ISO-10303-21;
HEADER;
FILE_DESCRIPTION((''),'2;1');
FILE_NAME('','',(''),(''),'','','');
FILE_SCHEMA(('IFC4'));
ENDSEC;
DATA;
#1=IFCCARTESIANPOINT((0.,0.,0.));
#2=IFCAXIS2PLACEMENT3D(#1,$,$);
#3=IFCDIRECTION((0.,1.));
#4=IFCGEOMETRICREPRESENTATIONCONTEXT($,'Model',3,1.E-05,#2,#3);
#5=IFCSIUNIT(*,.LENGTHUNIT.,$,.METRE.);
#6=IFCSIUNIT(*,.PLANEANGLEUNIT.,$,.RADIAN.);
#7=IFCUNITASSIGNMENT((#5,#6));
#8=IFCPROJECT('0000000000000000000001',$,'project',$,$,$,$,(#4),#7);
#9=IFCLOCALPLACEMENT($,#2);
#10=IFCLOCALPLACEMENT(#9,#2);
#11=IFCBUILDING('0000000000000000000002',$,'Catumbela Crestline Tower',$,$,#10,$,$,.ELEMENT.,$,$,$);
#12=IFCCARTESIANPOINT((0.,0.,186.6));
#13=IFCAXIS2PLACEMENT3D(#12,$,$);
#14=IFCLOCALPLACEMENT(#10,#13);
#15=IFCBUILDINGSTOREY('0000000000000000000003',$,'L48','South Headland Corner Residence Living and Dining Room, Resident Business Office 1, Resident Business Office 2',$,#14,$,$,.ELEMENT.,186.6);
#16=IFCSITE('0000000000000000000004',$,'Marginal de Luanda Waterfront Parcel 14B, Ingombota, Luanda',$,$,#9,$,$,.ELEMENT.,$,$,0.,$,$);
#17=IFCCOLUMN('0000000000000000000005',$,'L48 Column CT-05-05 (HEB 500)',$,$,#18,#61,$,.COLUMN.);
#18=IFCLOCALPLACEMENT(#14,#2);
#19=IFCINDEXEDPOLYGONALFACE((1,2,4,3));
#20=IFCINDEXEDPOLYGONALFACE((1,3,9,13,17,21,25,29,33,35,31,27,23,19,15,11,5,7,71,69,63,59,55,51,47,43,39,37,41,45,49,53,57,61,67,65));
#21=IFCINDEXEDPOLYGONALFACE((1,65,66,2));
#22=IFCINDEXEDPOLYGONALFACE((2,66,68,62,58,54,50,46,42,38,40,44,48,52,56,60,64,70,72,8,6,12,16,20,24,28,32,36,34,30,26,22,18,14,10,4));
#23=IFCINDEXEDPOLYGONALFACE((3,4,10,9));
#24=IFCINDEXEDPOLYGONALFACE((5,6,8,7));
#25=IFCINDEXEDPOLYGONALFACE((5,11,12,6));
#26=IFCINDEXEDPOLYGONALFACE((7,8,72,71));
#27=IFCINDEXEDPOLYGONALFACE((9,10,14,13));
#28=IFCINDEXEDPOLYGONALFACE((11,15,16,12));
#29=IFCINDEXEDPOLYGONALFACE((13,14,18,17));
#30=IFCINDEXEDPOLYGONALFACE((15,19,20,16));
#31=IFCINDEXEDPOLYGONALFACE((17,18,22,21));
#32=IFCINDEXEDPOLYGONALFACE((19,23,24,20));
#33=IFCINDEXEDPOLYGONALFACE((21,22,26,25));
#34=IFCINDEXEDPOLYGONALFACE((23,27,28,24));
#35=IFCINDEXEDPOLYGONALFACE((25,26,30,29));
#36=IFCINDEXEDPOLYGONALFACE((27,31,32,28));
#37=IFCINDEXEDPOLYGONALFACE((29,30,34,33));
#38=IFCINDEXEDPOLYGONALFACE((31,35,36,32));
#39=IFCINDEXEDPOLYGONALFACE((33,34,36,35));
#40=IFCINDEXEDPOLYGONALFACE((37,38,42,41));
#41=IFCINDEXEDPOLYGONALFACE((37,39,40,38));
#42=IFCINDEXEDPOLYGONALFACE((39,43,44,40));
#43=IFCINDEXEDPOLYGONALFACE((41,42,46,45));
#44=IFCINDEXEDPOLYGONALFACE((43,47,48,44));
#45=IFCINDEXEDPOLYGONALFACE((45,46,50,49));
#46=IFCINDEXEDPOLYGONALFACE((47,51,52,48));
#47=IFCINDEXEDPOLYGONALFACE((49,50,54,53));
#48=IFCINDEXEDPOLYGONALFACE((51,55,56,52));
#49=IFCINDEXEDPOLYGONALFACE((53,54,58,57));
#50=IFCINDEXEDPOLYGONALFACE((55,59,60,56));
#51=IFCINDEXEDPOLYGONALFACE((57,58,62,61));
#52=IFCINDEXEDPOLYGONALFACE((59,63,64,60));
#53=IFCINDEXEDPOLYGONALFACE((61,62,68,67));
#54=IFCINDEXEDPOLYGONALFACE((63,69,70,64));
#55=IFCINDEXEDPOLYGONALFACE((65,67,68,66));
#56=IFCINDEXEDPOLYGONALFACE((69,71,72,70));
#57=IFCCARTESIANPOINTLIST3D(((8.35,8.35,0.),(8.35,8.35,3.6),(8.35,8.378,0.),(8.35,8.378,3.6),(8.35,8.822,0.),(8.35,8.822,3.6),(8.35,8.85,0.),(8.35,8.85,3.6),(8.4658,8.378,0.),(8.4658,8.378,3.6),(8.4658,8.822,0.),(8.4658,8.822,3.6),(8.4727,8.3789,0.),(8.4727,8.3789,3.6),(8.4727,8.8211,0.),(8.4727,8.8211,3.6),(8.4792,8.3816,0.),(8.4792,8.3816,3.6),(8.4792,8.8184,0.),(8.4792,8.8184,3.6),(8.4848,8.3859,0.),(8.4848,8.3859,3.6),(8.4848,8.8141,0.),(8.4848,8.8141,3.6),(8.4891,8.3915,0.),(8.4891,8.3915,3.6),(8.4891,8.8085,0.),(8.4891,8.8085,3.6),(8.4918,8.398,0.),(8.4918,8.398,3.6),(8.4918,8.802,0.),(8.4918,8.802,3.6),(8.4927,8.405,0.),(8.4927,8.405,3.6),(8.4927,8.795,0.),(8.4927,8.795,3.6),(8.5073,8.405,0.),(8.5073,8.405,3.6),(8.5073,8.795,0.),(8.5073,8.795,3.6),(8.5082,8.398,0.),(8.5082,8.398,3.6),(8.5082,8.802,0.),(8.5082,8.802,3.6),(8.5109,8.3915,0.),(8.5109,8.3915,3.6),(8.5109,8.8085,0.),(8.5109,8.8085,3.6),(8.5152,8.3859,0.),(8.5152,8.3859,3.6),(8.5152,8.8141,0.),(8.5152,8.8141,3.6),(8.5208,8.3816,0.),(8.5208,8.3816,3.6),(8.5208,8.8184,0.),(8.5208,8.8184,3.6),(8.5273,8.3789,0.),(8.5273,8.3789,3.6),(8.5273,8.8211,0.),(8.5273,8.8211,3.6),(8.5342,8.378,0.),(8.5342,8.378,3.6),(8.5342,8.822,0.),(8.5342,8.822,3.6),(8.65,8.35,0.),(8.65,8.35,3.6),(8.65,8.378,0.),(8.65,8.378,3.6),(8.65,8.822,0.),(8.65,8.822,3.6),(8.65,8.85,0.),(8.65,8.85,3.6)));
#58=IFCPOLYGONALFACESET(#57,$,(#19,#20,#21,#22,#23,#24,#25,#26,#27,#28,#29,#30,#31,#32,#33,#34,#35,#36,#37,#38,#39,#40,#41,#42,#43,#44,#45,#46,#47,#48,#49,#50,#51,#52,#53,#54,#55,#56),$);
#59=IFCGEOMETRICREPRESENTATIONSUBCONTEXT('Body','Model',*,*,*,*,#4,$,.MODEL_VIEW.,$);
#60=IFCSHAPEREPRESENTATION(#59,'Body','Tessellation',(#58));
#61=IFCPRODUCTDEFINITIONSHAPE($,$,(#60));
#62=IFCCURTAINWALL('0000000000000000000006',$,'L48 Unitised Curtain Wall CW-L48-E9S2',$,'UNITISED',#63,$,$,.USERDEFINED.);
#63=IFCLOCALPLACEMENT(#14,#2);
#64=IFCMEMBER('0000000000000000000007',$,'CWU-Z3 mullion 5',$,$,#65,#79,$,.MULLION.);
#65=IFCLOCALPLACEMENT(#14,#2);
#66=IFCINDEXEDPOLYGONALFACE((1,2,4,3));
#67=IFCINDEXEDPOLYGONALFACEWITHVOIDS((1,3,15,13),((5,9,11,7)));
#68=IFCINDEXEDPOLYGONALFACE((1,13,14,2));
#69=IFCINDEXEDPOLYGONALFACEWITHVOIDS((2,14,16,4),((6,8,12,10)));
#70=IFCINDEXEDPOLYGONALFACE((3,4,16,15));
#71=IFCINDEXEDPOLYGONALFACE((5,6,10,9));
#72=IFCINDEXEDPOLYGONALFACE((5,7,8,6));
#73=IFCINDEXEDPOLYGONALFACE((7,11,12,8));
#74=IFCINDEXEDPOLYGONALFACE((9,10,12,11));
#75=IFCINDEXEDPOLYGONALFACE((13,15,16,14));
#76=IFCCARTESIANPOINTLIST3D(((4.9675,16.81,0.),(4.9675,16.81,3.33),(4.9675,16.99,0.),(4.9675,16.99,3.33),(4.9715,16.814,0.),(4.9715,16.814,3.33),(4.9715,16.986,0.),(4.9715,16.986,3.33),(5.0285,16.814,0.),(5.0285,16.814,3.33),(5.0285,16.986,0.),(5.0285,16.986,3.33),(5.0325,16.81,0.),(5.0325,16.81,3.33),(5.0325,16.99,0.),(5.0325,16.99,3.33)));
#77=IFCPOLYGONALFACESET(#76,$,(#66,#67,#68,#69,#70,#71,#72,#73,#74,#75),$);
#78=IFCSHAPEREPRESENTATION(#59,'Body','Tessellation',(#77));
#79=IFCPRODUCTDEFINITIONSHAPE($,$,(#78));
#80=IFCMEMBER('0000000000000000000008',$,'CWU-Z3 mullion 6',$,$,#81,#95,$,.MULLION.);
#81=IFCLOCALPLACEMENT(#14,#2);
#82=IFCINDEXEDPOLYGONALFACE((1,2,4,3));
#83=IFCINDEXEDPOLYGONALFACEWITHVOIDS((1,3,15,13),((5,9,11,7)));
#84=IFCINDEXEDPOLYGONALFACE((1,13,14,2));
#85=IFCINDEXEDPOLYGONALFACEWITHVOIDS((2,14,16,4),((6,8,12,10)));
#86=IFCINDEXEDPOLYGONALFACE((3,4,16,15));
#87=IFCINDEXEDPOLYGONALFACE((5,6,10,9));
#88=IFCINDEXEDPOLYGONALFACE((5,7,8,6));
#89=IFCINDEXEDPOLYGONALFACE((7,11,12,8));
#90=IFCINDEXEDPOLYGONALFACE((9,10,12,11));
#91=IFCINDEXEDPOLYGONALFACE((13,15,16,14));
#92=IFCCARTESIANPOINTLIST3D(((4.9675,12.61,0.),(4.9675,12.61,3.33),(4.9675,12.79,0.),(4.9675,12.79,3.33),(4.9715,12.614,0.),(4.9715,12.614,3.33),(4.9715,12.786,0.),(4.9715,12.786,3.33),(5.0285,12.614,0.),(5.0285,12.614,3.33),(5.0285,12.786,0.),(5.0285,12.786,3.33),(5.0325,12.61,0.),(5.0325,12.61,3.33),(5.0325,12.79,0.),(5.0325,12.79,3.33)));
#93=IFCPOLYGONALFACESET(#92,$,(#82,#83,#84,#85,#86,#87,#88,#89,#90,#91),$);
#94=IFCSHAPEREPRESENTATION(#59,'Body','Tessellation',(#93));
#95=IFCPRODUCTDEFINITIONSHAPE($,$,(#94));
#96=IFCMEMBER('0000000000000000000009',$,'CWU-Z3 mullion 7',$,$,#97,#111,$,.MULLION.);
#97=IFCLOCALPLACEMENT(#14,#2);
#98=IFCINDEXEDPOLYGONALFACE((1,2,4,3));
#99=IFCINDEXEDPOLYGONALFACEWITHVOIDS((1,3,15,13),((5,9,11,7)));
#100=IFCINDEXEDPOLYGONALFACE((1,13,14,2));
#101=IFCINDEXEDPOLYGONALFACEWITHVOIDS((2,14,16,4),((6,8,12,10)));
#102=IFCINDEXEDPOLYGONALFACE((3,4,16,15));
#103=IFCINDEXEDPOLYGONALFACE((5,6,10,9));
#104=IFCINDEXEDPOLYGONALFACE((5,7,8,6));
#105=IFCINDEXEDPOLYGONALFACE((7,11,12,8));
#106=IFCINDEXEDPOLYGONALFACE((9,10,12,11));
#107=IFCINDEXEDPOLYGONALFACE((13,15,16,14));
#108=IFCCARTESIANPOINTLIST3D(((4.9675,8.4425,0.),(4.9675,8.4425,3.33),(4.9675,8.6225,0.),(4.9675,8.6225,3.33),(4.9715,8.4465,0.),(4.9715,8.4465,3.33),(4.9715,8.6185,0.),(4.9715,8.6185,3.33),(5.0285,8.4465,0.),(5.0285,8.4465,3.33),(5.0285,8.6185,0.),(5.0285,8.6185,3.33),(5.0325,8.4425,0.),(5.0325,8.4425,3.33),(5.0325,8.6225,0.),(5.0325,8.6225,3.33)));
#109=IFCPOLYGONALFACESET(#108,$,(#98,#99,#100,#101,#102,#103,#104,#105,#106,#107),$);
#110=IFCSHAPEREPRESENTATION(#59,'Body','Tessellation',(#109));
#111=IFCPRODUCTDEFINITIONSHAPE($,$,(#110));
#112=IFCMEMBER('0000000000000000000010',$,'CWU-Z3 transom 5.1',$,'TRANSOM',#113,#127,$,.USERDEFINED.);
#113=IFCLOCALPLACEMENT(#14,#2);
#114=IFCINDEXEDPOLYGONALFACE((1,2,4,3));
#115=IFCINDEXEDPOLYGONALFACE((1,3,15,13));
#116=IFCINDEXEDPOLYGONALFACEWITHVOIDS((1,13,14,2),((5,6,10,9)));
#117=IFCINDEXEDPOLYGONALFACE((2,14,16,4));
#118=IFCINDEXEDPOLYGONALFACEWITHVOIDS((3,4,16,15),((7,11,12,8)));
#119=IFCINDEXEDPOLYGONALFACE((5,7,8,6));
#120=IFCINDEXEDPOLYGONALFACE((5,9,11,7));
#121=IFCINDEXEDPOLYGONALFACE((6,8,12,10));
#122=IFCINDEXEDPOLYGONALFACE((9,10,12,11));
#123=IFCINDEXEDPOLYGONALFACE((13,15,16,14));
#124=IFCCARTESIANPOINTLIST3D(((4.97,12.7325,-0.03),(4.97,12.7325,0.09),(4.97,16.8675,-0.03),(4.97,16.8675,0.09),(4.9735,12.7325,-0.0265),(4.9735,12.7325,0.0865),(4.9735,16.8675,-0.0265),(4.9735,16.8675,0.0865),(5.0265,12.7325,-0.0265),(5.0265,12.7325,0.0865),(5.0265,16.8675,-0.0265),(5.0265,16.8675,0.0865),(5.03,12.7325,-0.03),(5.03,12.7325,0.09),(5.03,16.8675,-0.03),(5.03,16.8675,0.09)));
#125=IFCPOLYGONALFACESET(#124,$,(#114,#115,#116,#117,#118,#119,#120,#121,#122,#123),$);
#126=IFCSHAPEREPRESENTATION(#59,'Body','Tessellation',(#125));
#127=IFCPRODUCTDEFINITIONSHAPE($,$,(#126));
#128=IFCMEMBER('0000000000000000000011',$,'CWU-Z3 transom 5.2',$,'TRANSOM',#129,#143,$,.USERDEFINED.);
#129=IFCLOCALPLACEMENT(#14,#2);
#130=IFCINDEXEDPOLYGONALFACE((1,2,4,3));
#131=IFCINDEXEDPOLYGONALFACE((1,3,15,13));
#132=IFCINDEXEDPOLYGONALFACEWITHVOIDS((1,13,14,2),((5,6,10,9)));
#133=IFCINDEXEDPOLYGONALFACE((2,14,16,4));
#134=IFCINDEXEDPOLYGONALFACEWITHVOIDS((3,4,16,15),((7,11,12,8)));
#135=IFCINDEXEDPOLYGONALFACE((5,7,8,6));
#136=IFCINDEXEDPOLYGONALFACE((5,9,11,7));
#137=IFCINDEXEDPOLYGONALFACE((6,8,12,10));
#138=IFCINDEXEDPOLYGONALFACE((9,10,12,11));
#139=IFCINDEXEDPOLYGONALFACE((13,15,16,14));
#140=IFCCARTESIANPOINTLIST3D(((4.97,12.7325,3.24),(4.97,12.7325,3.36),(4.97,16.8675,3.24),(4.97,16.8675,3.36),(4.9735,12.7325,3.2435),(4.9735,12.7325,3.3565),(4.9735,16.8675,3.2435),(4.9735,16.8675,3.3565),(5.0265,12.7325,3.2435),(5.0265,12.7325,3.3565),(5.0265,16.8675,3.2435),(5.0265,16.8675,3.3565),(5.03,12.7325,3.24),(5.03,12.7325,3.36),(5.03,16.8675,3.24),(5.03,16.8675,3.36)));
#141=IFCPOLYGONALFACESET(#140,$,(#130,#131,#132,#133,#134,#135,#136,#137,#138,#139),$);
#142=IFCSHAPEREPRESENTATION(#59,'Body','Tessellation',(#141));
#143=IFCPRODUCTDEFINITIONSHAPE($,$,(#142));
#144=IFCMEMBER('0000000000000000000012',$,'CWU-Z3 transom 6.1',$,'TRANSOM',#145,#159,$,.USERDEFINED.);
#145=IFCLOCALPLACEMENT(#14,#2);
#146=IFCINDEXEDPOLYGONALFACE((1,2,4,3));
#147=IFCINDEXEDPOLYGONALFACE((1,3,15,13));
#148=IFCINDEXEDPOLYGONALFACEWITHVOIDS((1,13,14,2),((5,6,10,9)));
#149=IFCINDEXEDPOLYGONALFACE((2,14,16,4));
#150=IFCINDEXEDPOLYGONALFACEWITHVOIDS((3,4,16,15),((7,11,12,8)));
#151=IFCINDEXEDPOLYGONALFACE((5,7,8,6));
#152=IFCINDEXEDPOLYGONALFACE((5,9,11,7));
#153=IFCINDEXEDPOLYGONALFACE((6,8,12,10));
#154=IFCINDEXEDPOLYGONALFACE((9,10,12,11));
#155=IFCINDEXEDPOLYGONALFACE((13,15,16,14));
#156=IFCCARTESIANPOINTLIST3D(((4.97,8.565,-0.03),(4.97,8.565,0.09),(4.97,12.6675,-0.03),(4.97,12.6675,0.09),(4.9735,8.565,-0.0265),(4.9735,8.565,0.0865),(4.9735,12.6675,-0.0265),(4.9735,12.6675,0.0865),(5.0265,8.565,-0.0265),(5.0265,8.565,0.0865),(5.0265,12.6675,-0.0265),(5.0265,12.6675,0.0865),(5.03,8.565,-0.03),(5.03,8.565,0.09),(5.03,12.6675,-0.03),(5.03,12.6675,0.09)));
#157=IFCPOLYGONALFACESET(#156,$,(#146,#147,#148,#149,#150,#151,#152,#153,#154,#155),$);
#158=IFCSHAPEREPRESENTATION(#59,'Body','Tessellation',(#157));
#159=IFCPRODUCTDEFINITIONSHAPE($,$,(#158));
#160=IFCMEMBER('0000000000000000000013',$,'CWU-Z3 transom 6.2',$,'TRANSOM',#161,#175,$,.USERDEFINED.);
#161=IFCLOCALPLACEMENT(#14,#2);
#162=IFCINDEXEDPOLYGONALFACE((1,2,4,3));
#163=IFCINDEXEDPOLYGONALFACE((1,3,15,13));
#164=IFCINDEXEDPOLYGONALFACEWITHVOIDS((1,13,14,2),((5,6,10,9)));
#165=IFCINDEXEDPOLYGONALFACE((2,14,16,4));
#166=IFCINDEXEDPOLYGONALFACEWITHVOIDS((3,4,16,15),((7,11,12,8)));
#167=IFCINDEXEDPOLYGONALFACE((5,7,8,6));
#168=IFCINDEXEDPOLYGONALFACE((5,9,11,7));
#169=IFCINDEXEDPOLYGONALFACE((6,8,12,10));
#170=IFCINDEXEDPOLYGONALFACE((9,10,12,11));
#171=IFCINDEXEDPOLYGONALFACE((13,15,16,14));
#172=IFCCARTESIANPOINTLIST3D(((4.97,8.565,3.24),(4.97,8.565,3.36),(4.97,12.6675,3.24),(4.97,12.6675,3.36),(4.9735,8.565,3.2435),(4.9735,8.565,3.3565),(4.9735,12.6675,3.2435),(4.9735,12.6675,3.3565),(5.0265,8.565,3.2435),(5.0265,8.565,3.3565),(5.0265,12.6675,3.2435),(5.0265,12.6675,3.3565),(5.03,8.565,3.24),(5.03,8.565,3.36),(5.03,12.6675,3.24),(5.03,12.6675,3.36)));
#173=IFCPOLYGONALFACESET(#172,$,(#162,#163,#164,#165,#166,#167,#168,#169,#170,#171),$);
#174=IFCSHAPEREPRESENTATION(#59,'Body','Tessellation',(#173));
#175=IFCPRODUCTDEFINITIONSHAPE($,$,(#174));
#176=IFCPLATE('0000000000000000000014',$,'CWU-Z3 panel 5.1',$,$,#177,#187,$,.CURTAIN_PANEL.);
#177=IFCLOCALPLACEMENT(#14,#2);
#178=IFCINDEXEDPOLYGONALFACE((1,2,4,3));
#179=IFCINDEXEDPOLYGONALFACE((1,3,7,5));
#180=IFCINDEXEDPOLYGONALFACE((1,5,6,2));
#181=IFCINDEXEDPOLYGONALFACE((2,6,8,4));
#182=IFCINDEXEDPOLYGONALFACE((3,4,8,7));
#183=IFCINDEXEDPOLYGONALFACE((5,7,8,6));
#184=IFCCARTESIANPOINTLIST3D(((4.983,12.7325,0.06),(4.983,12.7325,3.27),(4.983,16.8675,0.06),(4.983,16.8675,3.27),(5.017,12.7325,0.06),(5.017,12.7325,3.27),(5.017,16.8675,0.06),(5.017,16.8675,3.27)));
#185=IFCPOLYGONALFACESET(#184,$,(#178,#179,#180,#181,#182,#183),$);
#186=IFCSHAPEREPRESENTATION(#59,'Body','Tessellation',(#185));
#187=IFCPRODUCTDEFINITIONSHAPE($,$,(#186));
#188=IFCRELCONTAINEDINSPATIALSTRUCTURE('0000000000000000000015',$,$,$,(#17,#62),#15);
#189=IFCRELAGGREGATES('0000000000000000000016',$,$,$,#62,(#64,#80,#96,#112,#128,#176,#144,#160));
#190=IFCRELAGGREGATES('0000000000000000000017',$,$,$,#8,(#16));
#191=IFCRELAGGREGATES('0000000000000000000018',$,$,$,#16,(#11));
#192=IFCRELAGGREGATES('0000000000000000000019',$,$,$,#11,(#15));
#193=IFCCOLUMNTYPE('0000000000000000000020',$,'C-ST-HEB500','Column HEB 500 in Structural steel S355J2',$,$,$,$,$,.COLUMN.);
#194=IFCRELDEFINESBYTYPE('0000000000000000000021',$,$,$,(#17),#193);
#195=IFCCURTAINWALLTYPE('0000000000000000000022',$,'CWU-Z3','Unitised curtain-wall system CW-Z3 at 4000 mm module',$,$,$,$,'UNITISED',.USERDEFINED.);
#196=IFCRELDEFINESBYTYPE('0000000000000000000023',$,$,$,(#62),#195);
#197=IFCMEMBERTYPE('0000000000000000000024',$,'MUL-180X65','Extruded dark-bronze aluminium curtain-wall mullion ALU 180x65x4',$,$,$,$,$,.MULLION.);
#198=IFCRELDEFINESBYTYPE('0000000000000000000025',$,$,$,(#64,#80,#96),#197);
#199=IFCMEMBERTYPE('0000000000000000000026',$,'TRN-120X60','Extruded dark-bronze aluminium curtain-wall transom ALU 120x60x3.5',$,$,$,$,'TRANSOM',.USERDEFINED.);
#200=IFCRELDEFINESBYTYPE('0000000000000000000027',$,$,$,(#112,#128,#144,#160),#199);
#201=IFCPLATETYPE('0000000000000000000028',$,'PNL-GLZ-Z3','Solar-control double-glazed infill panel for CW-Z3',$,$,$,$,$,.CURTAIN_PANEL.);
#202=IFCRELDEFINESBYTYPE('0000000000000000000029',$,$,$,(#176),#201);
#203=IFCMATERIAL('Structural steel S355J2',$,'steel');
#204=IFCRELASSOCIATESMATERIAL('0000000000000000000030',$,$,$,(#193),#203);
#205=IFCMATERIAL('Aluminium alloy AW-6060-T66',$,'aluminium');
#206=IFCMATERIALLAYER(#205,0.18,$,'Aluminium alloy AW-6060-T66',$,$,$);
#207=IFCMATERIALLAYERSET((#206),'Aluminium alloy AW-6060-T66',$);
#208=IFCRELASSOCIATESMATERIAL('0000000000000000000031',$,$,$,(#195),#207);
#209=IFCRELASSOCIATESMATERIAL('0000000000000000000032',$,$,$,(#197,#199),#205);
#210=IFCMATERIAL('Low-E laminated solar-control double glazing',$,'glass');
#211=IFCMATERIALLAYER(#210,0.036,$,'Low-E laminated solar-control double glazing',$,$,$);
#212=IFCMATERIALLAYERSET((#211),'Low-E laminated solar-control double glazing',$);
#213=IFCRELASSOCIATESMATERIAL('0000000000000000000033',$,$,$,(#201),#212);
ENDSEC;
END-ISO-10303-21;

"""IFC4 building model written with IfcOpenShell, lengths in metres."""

from ifc_helpers import new_model, si_unit, direction, frame, origin, origin_2d, place, context, subcontext, project, spatial, rectangle, hollow_rectangle, i_section, extrude, material, layer, layer_set, material_profile, profile_set, type_object, element, aggregate, save


model = new_model("IFC4")

# Units and contexts
model_context = context("Model", 3, precision=1e-05, world=origin(), true_north=direction((0.0, 1.0)))
body_context = subcontext(model_context, "Body", "Model", "MODEL_VIEW")
ifc_project = project(units=[si_unit("LENGTHUNIT", "METRE"), si_unit("PLANEANGLEUNIT", "RADIAN")], contexts=[model_context])

# Site, building, storey
site_placement = place(None, origin())
site = spatial("IfcSite", under=ifc_project, at=site_placement, Name="Marginal de Luanda Waterfront Parcel 14B, Ingombota, Luanda", CompositionType="ELEMENT", RefElevation=0.0)
building_placement = place(site_placement, origin())
building = spatial("IfcBuilding", under=site, at=building_placement, Name="Catumbela Crestline Tower", CompositionType="ELEMENT")
storey_placement = place(building_placement, frame((0.0, 0.0, 186.6)))
storey = spatial("IfcBuildingStorey", under=building, at=storey_placement, Name="L48", Description="South Headland Corner Residence Living and Dining Room, Resident Business Office 1, Resident Business Office 2", CompositionType="ELEMENT", Elevation=186.6)

# Column
ifc_material_1 = material(Name="Structural steel S355J2", Category="steel")
ifc_material_profile_1 = material_profile(ifc_material_1, i_section(OverallWidth=0.3, OverallDepth=0.5, WebThickness=0.0145, FlangeThickness=0.028, FilletRadius=0.027, at=origin_2d()), Name="HEB 500")
ifc_profile_set_1 = profile_set([ifc_material_profile_1], Name="Structural steel S355J2")
column_type = type_object("IfcColumnType", Name="C-ST-HEB500", Description="Column HEB 500 in Structural steel S355J2", PredefinedType="COLUMN", material=ifc_profile_set_1)
column_placement = place(storey_placement, frame((8.5, 8.6, 0.0), z_axis=(0.0, 0.0, 1.0), x_axis=(1.0, 0.0, 0.0)))
element("IfcColumn", 1, at=column_placement, inside=storey, type_object=column_type, Name="L48 Column CT-05-05 (HEB 500)", PredefinedType="COLUMN", context=body_context, shape_type="SweptSolid", body=[
    extrude(i_section(OverallWidth=0.3, OverallDepth=0.5, WebThickness=0.0145, FlangeThickness=0.028, FilletRadius=0.027, at=origin_2d()), origin(), (0.0, 0.0, 1.0), 3.6),
])

# Curtain wall, members, plate
ifc_material_2 = material(Name="Aluminium alloy AW-6060-T66", Category="aluminium")
ifc_layer_1 = layer(ifc_material_2, 0.18, Name="Aluminium alloy AW-6060-T66")
ifc_layer_set_1 = layer_set([ifc_layer_1], Name="Aluminium alloy AW-6060-T66")
curtain_wall_type = type_object("IfcCurtainWallType", Name="CWU-Z3", Description="Unitised curtain-wall system CW-Z3 at 4000 mm module", ElementType="UNITISED", PredefinedType="USERDEFINED", material=ifc_layer_set_1)
curtain_wall_placement = place(storey_placement, origin())
curtain_wall = element("IfcCurtainWall", 2, at=curtain_wall_placement, inside=storey, type_object=curtain_wall_type, Name="L48 Unitised Curtain Wall CW-L48-E9S2", ObjectType="UNITISED", PredefinedType="USERDEFINED")
ifc_material_profile_2 = material_profile(ifc_material_2, hollow_rectangle(XDim=0.065, YDim=0.18, WallThickness=0.004, at=origin_2d()), Name="ALU 180x65x4")
ifc_profile_set_2 = profile_set([ifc_material_profile_2], Name="Aluminium alloy AW-6060-T66")
member_type_1 = type_object("IfcMemberType", Name="MUL-180X65", Description="Extruded dark-bronze aluminium curtain-wall mullion ALU 180x65x4", PredefinedType="MULLION", material=ifc_profile_set_2)
member_1_placement = place(storey_placement, frame((5.0, 16.9, 0.0), z_axis=(0.0, 0.0, 1.0), x_axis=(1.0, 0.0, 0.0)))
member_1 = element("IfcMember", 3, at=member_1_placement, type_object=member_type_1, Name="CWU-Z3 mullion 5", PredefinedType="MULLION", context=body_context, shape_type="SweptSolid", body=[
    extrude(hollow_rectangle(XDim=0.065, YDim=0.18, WallThickness=0.004, at=origin_2d()), origin(), (0.0, 0.0, 1.0), 3.33),
])
member_2_placement = place(storey_placement, frame((5.0, 12.7, 0.0), z_axis=(0.0, 0.0, 1.0), x_axis=(1.0, 0.0, 0.0)))
member_2 = element("IfcMember", 4, at=member_2_placement, type_object=member_type_1, Name="CWU-Z3 mullion 6", PredefinedType="MULLION", context=body_context, shape_type="SweptSolid", body=[
    extrude(hollow_rectangle(XDim=0.065, YDim=0.18, WallThickness=0.004, at=origin_2d()), origin(), (0.0, 0.0, 1.0), 3.33),
])
member_3_placement = place(storey_placement, frame((5.0, 8.5325, 0.0), z_axis=(0.0, 0.0, 1.0), x_axis=(1.0, 0.0, 0.0)))
member_3 = element("IfcMember", 5, at=member_3_placement, type_object=member_type_1, Name="CWU-Z3 mullion 7", PredefinedType="MULLION", context=body_context, shape_type="SweptSolid", body=[
    extrude(hollow_rectangle(XDim=0.065, YDim=0.18, WallThickness=0.004, at=origin_2d()), origin(), (0.0, 0.0, 1.0), 3.33),
])
ifc_material_profile_3 = material_profile(ifc_material_2, hollow_rectangle(XDim=0.06, YDim=0.12, WallThickness=0.0035, at=origin_2d()), Name="ALU 120x60x3.5")
ifc_profile_set_3 = profile_set([ifc_material_profile_3], Name="Aluminium alloy AW-6060-T66")
member_type_2 = type_object("IfcMemberType", Name="TRN-120X60", Description="Extruded dark-bronze aluminium curtain-wall transom ALU 120x60x3.5", ElementType="TRANSOM", PredefinedType="USERDEFINED", material=ifc_profile_set_3)
member_4_placement = place(storey_placement, frame((5.0, 16.8675, 0.03), z_axis=(0.0, -1.0, 0.0), x_axis=(1.0, 0.0, 0.0)))
member_4 = element("IfcMember", 6, at=member_4_placement, type_object=member_type_2, Name="CWU-Z3 transom 5.1", ObjectType="TRANSOM", PredefinedType="USERDEFINED", context=body_context, shape_type="SweptSolid", body=[
    extrude(hollow_rectangle(XDim=0.06, YDim=0.12, WallThickness=0.0035, at=origin_2d()), origin(), (0.0, 0.0, 1.0), 4.135),
])
member_5_placement = place(storey_placement, frame((5.0, 16.8675, 3.3), z_axis=(0.0, -1.0, 0.0), x_axis=(1.0, 0.0, 0.0)))
member_5 = element("IfcMember", 7, at=member_5_placement, type_object=member_type_2, Name="CWU-Z3 transom 5.2", ObjectType="TRANSOM", PredefinedType="USERDEFINED", context=body_context, shape_type="SweptSolid", body=[
    extrude(hollow_rectangle(XDim=0.06, YDim=0.12, WallThickness=0.0035, at=origin_2d()), origin(), (0.0, 0.0, 1.0), 4.135),
])
member_6_placement = place(storey_placement, frame((5.0, 12.6675, 0.03), z_axis=(0.0, -1.0, 0.0), x_axis=(1.0, 0.0, 0.0)))
member_6 = element("IfcMember", 8, at=member_6_placement, type_object=member_type_2, Name="CWU-Z3 transom 6.1", ObjectType="TRANSOM", PredefinedType="USERDEFINED", context=body_context, shape_type="SweptSolid", body=[
    extrude(hollow_rectangle(XDim=0.06, YDim=0.12, WallThickness=0.0035, at=origin_2d()), origin(), (0.0, 0.0, 1.0), 4.1025),
])
member_7_placement = place(storey_placement, frame((5.0, 12.6675, 3.3), z_axis=(0.0, -1.0, 0.0), x_axis=(1.0, 0.0, 0.0)))
member_7 = element("IfcMember", 9, at=member_7_placement, type_object=member_type_2, Name="CWU-Z3 transom 6.2", ObjectType="TRANSOM", PredefinedType="USERDEFINED", context=body_context, shape_type="SweptSolid", body=[
    extrude(hollow_rectangle(XDim=0.06, YDim=0.12, WallThickness=0.0035, at=origin_2d()), origin(), (0.0, 0.0, 1.0), 4.1025),
])
ifc_material_3 = material(Name="Low-E laminated solar-control double glazing", Category="glass")
ifc_layer_2 = layer(ifc_material_3, 0.036, Name="Low-E laminated solar-control double glazing")
ifc_layer_set_2 = layer_set([ifc_layer_2], Name="Low-E laminated solar-control double glazing")
plate_type = type_object("IfcPlateType", Name="PNL-GLZ-Z3", Description="Solar-control double-glazed infill panel for CW-Z3", PredefinedType="CURTAIN_PANEL", material=ifc_layer_set_2)
plate_1_placement = place(storey_placement, frame((5.0, 14.8, 0.06), z_axis=(0.0, 0.0, 1.0), x_axis=(0.0, -1.0, 0.0)))
plate_1 = element("IfcPlate", 10, at=plate_1_placement, type_object=plate_type, Name="CWU-Z3 panel 5.1", PredefinedType="CURTAIN_PANEL", context=body_context, shape_type="SweptSolid", body=[
    extrude(rectangle(XDim=4.135, YDim=0.034, at=origin_2d()), origin(), (0.0, 0.0, 1.0), 3.21),
])
aggregate(curtain_wall, [member_1, member_2, member_3, member_4, member_5, plate_1, member_6, member_7])

save(model, "model.ifc")
